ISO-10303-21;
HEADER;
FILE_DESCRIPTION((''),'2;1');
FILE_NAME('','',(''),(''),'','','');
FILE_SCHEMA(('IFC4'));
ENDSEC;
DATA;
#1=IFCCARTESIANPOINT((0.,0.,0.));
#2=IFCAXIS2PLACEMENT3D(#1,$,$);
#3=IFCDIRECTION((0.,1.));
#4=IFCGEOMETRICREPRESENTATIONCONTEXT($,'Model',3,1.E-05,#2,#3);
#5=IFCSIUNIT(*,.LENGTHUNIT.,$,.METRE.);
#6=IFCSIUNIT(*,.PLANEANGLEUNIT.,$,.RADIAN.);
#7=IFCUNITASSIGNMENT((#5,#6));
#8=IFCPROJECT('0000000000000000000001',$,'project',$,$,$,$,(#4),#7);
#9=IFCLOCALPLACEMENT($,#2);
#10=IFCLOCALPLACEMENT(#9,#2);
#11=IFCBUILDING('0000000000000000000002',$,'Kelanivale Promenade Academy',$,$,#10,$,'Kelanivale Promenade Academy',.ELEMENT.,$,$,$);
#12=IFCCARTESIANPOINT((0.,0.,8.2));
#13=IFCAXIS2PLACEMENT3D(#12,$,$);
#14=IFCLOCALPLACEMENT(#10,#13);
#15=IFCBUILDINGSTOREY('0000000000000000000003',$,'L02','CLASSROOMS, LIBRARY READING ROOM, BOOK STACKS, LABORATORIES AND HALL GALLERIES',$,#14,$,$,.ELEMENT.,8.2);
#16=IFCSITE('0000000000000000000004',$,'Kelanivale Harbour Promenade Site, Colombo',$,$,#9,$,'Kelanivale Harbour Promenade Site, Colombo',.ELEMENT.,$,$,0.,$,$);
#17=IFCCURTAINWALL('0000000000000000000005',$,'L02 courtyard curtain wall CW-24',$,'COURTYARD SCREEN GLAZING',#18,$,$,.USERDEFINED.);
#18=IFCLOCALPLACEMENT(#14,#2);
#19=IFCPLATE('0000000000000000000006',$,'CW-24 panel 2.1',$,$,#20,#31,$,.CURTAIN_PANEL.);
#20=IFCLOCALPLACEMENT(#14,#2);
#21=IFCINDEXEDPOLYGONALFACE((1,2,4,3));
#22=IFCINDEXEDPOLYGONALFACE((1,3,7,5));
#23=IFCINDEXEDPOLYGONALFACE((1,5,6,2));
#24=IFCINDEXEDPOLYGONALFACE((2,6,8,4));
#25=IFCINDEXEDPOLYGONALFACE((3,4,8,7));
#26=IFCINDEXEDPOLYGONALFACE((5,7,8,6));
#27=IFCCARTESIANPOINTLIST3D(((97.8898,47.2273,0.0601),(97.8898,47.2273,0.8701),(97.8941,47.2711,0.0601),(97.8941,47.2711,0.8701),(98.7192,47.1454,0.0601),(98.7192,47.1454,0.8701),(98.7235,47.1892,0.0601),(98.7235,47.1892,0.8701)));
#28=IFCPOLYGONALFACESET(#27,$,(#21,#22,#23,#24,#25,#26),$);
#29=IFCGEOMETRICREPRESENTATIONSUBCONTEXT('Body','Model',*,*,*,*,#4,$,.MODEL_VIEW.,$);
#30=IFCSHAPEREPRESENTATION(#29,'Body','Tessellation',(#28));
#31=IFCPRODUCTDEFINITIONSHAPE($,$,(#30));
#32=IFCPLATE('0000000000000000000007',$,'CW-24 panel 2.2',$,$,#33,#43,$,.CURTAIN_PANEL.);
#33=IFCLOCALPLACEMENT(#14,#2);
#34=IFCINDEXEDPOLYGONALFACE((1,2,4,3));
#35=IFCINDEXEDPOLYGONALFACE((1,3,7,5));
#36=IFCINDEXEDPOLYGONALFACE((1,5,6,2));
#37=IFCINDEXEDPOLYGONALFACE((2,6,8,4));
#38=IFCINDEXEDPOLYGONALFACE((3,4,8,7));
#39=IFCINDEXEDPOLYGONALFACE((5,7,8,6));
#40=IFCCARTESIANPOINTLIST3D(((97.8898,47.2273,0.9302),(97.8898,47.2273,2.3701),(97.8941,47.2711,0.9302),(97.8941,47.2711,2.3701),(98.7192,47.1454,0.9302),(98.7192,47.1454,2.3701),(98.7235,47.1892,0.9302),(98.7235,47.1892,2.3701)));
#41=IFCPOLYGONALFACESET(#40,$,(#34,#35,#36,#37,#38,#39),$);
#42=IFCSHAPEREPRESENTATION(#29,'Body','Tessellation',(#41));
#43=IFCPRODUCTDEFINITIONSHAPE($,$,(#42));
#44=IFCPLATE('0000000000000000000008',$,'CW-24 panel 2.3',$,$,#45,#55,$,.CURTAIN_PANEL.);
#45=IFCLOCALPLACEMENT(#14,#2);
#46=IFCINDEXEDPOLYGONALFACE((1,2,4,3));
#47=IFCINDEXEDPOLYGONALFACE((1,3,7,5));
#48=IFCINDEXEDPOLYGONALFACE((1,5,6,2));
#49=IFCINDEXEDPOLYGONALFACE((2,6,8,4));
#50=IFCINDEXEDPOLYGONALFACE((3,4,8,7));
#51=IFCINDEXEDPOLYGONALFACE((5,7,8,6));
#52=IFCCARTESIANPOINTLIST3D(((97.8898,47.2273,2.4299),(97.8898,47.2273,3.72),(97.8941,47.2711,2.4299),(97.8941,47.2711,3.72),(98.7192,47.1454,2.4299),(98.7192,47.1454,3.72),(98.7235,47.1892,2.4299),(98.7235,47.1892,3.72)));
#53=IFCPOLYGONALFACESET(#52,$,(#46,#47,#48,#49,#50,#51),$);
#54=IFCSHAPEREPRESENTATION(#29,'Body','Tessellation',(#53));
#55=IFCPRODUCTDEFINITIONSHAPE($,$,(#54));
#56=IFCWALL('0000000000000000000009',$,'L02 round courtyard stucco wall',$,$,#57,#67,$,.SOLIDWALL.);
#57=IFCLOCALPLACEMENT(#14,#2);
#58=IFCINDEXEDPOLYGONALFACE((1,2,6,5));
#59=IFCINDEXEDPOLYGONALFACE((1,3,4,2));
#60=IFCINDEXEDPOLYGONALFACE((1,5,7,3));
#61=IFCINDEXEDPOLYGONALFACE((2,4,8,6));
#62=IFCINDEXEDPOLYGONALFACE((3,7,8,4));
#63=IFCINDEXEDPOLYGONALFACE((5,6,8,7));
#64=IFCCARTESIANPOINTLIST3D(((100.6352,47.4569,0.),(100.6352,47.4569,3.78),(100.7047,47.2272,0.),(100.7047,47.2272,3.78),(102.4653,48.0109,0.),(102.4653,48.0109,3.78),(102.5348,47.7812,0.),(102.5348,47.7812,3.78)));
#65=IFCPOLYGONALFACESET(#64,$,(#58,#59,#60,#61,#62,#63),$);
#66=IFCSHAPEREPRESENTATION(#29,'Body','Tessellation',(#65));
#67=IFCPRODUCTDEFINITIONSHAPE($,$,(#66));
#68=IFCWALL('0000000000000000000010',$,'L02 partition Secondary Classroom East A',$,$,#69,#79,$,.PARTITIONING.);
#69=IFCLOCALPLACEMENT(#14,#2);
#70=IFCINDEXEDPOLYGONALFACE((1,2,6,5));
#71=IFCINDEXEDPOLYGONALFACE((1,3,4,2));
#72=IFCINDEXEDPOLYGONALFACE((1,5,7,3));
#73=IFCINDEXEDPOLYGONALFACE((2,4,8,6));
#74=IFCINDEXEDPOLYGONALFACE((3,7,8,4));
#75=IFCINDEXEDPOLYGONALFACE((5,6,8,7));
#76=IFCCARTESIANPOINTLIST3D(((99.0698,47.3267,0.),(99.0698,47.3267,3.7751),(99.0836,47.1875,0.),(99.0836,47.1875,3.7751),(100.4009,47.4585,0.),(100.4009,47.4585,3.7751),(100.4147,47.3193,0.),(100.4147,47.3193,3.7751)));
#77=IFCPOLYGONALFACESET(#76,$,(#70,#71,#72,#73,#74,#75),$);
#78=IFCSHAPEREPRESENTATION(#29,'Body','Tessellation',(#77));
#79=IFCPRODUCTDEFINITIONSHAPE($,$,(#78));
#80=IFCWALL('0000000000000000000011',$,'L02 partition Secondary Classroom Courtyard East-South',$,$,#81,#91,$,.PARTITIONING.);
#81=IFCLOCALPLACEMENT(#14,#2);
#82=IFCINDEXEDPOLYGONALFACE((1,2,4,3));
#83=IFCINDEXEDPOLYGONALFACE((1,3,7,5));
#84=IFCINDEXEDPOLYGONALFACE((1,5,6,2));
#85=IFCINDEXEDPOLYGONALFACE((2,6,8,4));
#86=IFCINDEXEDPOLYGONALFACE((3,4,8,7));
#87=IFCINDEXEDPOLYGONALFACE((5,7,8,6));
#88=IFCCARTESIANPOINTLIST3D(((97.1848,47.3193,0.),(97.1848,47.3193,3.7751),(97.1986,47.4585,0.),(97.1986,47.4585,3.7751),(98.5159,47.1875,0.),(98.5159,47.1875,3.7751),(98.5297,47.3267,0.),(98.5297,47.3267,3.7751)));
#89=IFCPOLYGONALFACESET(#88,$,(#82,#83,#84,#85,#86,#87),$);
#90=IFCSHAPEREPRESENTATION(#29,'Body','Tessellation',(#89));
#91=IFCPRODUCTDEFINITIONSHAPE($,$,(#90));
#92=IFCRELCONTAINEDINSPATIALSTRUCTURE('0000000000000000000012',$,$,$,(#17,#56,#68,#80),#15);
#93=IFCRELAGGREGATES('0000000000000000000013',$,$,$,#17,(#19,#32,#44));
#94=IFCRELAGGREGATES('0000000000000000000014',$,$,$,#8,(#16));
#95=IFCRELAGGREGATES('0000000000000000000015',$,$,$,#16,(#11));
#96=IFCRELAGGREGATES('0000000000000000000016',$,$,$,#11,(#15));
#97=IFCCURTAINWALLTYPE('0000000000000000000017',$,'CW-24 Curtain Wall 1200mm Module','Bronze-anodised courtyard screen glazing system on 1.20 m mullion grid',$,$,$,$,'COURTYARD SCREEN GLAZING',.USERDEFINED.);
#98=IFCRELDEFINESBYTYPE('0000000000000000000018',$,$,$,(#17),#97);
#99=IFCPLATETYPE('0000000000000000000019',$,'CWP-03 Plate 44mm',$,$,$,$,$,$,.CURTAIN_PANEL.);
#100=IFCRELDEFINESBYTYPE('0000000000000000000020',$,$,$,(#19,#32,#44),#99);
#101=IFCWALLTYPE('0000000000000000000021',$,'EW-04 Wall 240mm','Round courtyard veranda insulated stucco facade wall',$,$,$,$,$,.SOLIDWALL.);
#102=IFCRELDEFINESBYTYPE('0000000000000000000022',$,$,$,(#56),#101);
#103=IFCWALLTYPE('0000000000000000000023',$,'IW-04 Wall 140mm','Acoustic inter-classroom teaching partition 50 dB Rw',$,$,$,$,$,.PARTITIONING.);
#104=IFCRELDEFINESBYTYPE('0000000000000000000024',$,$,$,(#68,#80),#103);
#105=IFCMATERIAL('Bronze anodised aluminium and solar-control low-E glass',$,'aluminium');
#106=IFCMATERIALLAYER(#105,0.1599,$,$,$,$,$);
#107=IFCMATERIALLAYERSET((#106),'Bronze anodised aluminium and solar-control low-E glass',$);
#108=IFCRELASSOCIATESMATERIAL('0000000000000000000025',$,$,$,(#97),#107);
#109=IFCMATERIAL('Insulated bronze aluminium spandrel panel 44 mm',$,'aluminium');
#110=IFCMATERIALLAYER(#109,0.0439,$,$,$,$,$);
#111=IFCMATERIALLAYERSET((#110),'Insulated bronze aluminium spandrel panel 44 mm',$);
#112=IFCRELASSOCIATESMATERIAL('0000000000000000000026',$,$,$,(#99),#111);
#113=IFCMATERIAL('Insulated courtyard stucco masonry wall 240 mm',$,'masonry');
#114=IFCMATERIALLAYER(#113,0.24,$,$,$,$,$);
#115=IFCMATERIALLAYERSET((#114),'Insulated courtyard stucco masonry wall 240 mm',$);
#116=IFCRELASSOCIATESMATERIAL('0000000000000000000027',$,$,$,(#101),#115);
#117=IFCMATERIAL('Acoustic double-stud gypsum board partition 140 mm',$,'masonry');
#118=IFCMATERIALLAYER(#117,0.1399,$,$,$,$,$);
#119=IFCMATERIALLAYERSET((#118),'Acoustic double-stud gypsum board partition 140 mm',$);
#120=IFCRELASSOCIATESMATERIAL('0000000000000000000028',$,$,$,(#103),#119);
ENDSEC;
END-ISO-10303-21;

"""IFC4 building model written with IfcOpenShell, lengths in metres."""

from ifc_helpers import new_model, si_unit, direction, frame, frame_2d, origin, origin_2d, place, context, subcontext, project, spatial, rectangle, extrude, material, layer, layer_set, type_object, element, aggregate, save


model = new_model("IFC4")

# Units and contexts
model_context = context("Model", 3, precision=1e-05, world=origin(), true_north=direction((0.0, 1.0)))
body_context = subcontext(model_context, "Body", "Model", "MODEL_VIEW")
ifc_project = project(units=[si_unit("LENGTHUNIT", "METRE"), si_unit("PLANEANGLEUNIT", "RADIAN")], contexts=[model_context])

# Site, building, storey
site_placement = place(None, origin())
site = spatial("IfcSite", under=ifc_project, at=site_placement, Name="Kelanivale Harbour Promenade Site, Colombo", LongName="Kelanivale Harbour Promenade Site, Colombo", CompositionType="ELEMENT", RefElevation=0.0)
building_placement = place(site_placement, origin())
building = spatial("IfcBuilding", under=site, at=building_placement, Name="Kelanivale Promenade Academy", LongName="Kelanivale Promenade Academy", CompositionType="ELEMENT")
storey_placement = place(building_placement, frame((0.0, 0.0, 8.2)))
storey = spatial("IfcBuildingStorey", under=building, at=storey_placement, Name="L02", Description="CLASSROOMS, LIBRARY READING ROOM, BOOK STACKS, LABORATORIES AND HALL GALLERIES", CompositionType="ELEMENT", Elevation=8.2)

# Shared definitions
ifc_material_1 = material(Name="Bronze anodised aluminium and solar-control low-E glass", Category="aluminium")

# Curtain wall
ifc_layer_1 = layer(ifc_material_1, 0.1599)
ifc_layer_set_1 = layer_set([ifc_layer_1], Name="Bronze anodised aluminium and solar-control low-E glass")
curtain_wall_type_1 = type_object("IfcCurtainWallType", Name="CW-24 Curtain Wall 1200mm Module", Description="Bronze-anodised courtyard screen glazing system on 1.20 m mullion grid", ElementType="COURTYARD SCREEN GLAZING", PredefinedType="USERDEFINED", material=ifc_layer_set_1)
curtain_wall_1_placement = place(storey_placement, origin())
curtain_wall_1 = element("IfcCurtainWall", 1, at=curtain_wall_1_placement, inside=storey, type_object=curtain_wall_type_1, Name="L02 courtyard curtain wall CW-24", ObjectType="COURTYARD SCREEN GLAZING", PredefinedType="USERDEFINED")

# Plates
ifc_material_2 = material(Name="Insulated bronze aluminium spandrel panel 44 mm", Category="aluminium")
ifc_layer_2 = layer(ifc_material_2, 0.0439)
ifc_layer_set_2 = layer_set([ifc_layer_2], Name="Insulated bronze aluminium spandrel panel 44 mm")
plate_type_1 = type_object("IfcPlateType", Name="CWP-03 Plate 44mm", PredefinedType="CURTAIN_PANEL", material=ifc_layer_set_2)
plate_1_placement = place(storey_placement, frame((98.3066, 47.2083, 0.0601), z_axis=(0.0, 0.0, 1.0), x_axis=(0.995159, -0.098281, 0.0)))
plate_1 = element("IfcPlate", 2, at=plate_1_placement, type_object=plate_type_1, Name="CW-24 panel 2.1", PredefinedType="CURTAIN_PANEL", context=body_context, shape_type="SweptSolid", body=[
    extrude(rectangle(XDim=0.8335, YDim=0.0439, at=origin_2d()), origin(), (0.0, 0.0, 1.0), 0.8101),
])
plate_2_placement = place(storey_placement, frame((98.3066, 47.2083, 0.9302), z_axis=(0.0, 0.0, 1.0), x_axis=(0.995159, -0.098281, 0.0)))
plate_2 = element("IfcPlate", 3, at=plate_2_placement, type_object=plate_type_1, Name="CW-24 panel 2.2", PredefinedType="CURTAIN_PANEL", context=body_context, shape_type="SweptSolid", body=[
    extrude(rectangle(XDim=0.8335, YDim=0.0439, at=origin_2d()), origin(), (0.0, 0.0, 1.0), 1.4399),
])
plate_3_placement = place(storey_placement, frame((98.3066, 47.2083, 2.4299), z_axis=(0.0, 0.0, 1.0), x_axis=(0.995159, -0.098281, 0.0)))
plate_3 = element("IfcPlate", 4, at=plate_3_placement, type_object=plate_type_1, Name="CW-24 panel 2.3", PredefinedType="CURTAIN_PANEL", context=body_context, shape_type="SweptSolid", body=[
    extrude(rectangle(XDim=0.8335, YDim=0.0439, at=origin_2d()), origin(), (0.0, 0.0, 1.0), 1.29),
])
aggregate(curtain_wall_1, [plate_1, plate_2, plate_3])

# Walls
ifc_material_3 = material(Name="Insulated courtyard stucco masonry wall 240 mm", Category="masonry")
ifc_layer_3 = layer(ifc_material_3, 0.24)
ifc_layer_set_3 = layer_set([ifc_layer_3], Name="Insulated courtyard stucco masonry wall 240 mm")
wall_type_1 = type_object("IfcWallType", Name="EW-04 Wall 240mm", Description="Round courtyard veranda insulated stucco facade wall", PredefinedType="SOLIDWALL", material=ifc_layer_set_3)
wall_placement = place(storey_placement, frame((100.6699, 47.342, 0.0), z_axis=(0.0, 0.0, 1.0), x_axis=(0.957113, 0.289713, 0.0)))
element("IfcWall", 5, at=wall_placement, inside=storey, type_object=wall_type_1, Name="L02 round courtyard stucco wall", PredefinedType="SOLIDWALL", context=body_context, shape_type="SweptSolid", body=[
    extrude(rectangle(XDim=1.9121, YDim=0.24, at=frame_2d((0.9561, 0.0))), origin(), (0.0, 0.0, 1.0), 3.78),
])
ifc_material_4 = material(Name="Acoustic double-stud gypsum board partition 140 mm", Category="masonry")
ifc_layer_4 = layer(ifc_material_4, 0.1399)
ifc_layer_set_4 = layer_set([ifc_layer_4], Name="Acoustic double-stud gypsum board partition 140 mm")
wall_type_2 = type_object("IfcWallType", Name="IW-04 Wall 140mm", Description="Acoustic inter-classroom teaching partition 50 dB Rw", PredefinedType="PARTITIONING", material=ifc_layer_set_4)
for number, where, z_axis, x_axis, name in (
    (6, (100.408, 47.3889, 0.0), (0.0, 0.0, 1.0), (-0.995131, -0.098564, 0.0), "L02 partition Secondary Classroom East A"),
    (7, (98.5229, 47.2571, 0.0), (0.0, 0.0, 1.0), (-0.995131, 0.098564, 0.0), "L02 partition Secondary Classroom Courtyard East-South"),
):
    element("IfcWall", number, at=place(storey_placement, frame(where, z_axis=z_axis, x_axis=x_axis)), inside=storey, type_object=wall_type_2, Name=name, PredefinedType="PARTITIONING", context=body_context, shape_type="SweptSolid", body=[
        extrude(rectangle(XDim=1.3376, YDim=0.1399, at=frame_2d((0.6689, 0.0))), origin(), (0.0, 0.0, 1.0), 3.7751),
    ])

save(model, "model.ifc")
